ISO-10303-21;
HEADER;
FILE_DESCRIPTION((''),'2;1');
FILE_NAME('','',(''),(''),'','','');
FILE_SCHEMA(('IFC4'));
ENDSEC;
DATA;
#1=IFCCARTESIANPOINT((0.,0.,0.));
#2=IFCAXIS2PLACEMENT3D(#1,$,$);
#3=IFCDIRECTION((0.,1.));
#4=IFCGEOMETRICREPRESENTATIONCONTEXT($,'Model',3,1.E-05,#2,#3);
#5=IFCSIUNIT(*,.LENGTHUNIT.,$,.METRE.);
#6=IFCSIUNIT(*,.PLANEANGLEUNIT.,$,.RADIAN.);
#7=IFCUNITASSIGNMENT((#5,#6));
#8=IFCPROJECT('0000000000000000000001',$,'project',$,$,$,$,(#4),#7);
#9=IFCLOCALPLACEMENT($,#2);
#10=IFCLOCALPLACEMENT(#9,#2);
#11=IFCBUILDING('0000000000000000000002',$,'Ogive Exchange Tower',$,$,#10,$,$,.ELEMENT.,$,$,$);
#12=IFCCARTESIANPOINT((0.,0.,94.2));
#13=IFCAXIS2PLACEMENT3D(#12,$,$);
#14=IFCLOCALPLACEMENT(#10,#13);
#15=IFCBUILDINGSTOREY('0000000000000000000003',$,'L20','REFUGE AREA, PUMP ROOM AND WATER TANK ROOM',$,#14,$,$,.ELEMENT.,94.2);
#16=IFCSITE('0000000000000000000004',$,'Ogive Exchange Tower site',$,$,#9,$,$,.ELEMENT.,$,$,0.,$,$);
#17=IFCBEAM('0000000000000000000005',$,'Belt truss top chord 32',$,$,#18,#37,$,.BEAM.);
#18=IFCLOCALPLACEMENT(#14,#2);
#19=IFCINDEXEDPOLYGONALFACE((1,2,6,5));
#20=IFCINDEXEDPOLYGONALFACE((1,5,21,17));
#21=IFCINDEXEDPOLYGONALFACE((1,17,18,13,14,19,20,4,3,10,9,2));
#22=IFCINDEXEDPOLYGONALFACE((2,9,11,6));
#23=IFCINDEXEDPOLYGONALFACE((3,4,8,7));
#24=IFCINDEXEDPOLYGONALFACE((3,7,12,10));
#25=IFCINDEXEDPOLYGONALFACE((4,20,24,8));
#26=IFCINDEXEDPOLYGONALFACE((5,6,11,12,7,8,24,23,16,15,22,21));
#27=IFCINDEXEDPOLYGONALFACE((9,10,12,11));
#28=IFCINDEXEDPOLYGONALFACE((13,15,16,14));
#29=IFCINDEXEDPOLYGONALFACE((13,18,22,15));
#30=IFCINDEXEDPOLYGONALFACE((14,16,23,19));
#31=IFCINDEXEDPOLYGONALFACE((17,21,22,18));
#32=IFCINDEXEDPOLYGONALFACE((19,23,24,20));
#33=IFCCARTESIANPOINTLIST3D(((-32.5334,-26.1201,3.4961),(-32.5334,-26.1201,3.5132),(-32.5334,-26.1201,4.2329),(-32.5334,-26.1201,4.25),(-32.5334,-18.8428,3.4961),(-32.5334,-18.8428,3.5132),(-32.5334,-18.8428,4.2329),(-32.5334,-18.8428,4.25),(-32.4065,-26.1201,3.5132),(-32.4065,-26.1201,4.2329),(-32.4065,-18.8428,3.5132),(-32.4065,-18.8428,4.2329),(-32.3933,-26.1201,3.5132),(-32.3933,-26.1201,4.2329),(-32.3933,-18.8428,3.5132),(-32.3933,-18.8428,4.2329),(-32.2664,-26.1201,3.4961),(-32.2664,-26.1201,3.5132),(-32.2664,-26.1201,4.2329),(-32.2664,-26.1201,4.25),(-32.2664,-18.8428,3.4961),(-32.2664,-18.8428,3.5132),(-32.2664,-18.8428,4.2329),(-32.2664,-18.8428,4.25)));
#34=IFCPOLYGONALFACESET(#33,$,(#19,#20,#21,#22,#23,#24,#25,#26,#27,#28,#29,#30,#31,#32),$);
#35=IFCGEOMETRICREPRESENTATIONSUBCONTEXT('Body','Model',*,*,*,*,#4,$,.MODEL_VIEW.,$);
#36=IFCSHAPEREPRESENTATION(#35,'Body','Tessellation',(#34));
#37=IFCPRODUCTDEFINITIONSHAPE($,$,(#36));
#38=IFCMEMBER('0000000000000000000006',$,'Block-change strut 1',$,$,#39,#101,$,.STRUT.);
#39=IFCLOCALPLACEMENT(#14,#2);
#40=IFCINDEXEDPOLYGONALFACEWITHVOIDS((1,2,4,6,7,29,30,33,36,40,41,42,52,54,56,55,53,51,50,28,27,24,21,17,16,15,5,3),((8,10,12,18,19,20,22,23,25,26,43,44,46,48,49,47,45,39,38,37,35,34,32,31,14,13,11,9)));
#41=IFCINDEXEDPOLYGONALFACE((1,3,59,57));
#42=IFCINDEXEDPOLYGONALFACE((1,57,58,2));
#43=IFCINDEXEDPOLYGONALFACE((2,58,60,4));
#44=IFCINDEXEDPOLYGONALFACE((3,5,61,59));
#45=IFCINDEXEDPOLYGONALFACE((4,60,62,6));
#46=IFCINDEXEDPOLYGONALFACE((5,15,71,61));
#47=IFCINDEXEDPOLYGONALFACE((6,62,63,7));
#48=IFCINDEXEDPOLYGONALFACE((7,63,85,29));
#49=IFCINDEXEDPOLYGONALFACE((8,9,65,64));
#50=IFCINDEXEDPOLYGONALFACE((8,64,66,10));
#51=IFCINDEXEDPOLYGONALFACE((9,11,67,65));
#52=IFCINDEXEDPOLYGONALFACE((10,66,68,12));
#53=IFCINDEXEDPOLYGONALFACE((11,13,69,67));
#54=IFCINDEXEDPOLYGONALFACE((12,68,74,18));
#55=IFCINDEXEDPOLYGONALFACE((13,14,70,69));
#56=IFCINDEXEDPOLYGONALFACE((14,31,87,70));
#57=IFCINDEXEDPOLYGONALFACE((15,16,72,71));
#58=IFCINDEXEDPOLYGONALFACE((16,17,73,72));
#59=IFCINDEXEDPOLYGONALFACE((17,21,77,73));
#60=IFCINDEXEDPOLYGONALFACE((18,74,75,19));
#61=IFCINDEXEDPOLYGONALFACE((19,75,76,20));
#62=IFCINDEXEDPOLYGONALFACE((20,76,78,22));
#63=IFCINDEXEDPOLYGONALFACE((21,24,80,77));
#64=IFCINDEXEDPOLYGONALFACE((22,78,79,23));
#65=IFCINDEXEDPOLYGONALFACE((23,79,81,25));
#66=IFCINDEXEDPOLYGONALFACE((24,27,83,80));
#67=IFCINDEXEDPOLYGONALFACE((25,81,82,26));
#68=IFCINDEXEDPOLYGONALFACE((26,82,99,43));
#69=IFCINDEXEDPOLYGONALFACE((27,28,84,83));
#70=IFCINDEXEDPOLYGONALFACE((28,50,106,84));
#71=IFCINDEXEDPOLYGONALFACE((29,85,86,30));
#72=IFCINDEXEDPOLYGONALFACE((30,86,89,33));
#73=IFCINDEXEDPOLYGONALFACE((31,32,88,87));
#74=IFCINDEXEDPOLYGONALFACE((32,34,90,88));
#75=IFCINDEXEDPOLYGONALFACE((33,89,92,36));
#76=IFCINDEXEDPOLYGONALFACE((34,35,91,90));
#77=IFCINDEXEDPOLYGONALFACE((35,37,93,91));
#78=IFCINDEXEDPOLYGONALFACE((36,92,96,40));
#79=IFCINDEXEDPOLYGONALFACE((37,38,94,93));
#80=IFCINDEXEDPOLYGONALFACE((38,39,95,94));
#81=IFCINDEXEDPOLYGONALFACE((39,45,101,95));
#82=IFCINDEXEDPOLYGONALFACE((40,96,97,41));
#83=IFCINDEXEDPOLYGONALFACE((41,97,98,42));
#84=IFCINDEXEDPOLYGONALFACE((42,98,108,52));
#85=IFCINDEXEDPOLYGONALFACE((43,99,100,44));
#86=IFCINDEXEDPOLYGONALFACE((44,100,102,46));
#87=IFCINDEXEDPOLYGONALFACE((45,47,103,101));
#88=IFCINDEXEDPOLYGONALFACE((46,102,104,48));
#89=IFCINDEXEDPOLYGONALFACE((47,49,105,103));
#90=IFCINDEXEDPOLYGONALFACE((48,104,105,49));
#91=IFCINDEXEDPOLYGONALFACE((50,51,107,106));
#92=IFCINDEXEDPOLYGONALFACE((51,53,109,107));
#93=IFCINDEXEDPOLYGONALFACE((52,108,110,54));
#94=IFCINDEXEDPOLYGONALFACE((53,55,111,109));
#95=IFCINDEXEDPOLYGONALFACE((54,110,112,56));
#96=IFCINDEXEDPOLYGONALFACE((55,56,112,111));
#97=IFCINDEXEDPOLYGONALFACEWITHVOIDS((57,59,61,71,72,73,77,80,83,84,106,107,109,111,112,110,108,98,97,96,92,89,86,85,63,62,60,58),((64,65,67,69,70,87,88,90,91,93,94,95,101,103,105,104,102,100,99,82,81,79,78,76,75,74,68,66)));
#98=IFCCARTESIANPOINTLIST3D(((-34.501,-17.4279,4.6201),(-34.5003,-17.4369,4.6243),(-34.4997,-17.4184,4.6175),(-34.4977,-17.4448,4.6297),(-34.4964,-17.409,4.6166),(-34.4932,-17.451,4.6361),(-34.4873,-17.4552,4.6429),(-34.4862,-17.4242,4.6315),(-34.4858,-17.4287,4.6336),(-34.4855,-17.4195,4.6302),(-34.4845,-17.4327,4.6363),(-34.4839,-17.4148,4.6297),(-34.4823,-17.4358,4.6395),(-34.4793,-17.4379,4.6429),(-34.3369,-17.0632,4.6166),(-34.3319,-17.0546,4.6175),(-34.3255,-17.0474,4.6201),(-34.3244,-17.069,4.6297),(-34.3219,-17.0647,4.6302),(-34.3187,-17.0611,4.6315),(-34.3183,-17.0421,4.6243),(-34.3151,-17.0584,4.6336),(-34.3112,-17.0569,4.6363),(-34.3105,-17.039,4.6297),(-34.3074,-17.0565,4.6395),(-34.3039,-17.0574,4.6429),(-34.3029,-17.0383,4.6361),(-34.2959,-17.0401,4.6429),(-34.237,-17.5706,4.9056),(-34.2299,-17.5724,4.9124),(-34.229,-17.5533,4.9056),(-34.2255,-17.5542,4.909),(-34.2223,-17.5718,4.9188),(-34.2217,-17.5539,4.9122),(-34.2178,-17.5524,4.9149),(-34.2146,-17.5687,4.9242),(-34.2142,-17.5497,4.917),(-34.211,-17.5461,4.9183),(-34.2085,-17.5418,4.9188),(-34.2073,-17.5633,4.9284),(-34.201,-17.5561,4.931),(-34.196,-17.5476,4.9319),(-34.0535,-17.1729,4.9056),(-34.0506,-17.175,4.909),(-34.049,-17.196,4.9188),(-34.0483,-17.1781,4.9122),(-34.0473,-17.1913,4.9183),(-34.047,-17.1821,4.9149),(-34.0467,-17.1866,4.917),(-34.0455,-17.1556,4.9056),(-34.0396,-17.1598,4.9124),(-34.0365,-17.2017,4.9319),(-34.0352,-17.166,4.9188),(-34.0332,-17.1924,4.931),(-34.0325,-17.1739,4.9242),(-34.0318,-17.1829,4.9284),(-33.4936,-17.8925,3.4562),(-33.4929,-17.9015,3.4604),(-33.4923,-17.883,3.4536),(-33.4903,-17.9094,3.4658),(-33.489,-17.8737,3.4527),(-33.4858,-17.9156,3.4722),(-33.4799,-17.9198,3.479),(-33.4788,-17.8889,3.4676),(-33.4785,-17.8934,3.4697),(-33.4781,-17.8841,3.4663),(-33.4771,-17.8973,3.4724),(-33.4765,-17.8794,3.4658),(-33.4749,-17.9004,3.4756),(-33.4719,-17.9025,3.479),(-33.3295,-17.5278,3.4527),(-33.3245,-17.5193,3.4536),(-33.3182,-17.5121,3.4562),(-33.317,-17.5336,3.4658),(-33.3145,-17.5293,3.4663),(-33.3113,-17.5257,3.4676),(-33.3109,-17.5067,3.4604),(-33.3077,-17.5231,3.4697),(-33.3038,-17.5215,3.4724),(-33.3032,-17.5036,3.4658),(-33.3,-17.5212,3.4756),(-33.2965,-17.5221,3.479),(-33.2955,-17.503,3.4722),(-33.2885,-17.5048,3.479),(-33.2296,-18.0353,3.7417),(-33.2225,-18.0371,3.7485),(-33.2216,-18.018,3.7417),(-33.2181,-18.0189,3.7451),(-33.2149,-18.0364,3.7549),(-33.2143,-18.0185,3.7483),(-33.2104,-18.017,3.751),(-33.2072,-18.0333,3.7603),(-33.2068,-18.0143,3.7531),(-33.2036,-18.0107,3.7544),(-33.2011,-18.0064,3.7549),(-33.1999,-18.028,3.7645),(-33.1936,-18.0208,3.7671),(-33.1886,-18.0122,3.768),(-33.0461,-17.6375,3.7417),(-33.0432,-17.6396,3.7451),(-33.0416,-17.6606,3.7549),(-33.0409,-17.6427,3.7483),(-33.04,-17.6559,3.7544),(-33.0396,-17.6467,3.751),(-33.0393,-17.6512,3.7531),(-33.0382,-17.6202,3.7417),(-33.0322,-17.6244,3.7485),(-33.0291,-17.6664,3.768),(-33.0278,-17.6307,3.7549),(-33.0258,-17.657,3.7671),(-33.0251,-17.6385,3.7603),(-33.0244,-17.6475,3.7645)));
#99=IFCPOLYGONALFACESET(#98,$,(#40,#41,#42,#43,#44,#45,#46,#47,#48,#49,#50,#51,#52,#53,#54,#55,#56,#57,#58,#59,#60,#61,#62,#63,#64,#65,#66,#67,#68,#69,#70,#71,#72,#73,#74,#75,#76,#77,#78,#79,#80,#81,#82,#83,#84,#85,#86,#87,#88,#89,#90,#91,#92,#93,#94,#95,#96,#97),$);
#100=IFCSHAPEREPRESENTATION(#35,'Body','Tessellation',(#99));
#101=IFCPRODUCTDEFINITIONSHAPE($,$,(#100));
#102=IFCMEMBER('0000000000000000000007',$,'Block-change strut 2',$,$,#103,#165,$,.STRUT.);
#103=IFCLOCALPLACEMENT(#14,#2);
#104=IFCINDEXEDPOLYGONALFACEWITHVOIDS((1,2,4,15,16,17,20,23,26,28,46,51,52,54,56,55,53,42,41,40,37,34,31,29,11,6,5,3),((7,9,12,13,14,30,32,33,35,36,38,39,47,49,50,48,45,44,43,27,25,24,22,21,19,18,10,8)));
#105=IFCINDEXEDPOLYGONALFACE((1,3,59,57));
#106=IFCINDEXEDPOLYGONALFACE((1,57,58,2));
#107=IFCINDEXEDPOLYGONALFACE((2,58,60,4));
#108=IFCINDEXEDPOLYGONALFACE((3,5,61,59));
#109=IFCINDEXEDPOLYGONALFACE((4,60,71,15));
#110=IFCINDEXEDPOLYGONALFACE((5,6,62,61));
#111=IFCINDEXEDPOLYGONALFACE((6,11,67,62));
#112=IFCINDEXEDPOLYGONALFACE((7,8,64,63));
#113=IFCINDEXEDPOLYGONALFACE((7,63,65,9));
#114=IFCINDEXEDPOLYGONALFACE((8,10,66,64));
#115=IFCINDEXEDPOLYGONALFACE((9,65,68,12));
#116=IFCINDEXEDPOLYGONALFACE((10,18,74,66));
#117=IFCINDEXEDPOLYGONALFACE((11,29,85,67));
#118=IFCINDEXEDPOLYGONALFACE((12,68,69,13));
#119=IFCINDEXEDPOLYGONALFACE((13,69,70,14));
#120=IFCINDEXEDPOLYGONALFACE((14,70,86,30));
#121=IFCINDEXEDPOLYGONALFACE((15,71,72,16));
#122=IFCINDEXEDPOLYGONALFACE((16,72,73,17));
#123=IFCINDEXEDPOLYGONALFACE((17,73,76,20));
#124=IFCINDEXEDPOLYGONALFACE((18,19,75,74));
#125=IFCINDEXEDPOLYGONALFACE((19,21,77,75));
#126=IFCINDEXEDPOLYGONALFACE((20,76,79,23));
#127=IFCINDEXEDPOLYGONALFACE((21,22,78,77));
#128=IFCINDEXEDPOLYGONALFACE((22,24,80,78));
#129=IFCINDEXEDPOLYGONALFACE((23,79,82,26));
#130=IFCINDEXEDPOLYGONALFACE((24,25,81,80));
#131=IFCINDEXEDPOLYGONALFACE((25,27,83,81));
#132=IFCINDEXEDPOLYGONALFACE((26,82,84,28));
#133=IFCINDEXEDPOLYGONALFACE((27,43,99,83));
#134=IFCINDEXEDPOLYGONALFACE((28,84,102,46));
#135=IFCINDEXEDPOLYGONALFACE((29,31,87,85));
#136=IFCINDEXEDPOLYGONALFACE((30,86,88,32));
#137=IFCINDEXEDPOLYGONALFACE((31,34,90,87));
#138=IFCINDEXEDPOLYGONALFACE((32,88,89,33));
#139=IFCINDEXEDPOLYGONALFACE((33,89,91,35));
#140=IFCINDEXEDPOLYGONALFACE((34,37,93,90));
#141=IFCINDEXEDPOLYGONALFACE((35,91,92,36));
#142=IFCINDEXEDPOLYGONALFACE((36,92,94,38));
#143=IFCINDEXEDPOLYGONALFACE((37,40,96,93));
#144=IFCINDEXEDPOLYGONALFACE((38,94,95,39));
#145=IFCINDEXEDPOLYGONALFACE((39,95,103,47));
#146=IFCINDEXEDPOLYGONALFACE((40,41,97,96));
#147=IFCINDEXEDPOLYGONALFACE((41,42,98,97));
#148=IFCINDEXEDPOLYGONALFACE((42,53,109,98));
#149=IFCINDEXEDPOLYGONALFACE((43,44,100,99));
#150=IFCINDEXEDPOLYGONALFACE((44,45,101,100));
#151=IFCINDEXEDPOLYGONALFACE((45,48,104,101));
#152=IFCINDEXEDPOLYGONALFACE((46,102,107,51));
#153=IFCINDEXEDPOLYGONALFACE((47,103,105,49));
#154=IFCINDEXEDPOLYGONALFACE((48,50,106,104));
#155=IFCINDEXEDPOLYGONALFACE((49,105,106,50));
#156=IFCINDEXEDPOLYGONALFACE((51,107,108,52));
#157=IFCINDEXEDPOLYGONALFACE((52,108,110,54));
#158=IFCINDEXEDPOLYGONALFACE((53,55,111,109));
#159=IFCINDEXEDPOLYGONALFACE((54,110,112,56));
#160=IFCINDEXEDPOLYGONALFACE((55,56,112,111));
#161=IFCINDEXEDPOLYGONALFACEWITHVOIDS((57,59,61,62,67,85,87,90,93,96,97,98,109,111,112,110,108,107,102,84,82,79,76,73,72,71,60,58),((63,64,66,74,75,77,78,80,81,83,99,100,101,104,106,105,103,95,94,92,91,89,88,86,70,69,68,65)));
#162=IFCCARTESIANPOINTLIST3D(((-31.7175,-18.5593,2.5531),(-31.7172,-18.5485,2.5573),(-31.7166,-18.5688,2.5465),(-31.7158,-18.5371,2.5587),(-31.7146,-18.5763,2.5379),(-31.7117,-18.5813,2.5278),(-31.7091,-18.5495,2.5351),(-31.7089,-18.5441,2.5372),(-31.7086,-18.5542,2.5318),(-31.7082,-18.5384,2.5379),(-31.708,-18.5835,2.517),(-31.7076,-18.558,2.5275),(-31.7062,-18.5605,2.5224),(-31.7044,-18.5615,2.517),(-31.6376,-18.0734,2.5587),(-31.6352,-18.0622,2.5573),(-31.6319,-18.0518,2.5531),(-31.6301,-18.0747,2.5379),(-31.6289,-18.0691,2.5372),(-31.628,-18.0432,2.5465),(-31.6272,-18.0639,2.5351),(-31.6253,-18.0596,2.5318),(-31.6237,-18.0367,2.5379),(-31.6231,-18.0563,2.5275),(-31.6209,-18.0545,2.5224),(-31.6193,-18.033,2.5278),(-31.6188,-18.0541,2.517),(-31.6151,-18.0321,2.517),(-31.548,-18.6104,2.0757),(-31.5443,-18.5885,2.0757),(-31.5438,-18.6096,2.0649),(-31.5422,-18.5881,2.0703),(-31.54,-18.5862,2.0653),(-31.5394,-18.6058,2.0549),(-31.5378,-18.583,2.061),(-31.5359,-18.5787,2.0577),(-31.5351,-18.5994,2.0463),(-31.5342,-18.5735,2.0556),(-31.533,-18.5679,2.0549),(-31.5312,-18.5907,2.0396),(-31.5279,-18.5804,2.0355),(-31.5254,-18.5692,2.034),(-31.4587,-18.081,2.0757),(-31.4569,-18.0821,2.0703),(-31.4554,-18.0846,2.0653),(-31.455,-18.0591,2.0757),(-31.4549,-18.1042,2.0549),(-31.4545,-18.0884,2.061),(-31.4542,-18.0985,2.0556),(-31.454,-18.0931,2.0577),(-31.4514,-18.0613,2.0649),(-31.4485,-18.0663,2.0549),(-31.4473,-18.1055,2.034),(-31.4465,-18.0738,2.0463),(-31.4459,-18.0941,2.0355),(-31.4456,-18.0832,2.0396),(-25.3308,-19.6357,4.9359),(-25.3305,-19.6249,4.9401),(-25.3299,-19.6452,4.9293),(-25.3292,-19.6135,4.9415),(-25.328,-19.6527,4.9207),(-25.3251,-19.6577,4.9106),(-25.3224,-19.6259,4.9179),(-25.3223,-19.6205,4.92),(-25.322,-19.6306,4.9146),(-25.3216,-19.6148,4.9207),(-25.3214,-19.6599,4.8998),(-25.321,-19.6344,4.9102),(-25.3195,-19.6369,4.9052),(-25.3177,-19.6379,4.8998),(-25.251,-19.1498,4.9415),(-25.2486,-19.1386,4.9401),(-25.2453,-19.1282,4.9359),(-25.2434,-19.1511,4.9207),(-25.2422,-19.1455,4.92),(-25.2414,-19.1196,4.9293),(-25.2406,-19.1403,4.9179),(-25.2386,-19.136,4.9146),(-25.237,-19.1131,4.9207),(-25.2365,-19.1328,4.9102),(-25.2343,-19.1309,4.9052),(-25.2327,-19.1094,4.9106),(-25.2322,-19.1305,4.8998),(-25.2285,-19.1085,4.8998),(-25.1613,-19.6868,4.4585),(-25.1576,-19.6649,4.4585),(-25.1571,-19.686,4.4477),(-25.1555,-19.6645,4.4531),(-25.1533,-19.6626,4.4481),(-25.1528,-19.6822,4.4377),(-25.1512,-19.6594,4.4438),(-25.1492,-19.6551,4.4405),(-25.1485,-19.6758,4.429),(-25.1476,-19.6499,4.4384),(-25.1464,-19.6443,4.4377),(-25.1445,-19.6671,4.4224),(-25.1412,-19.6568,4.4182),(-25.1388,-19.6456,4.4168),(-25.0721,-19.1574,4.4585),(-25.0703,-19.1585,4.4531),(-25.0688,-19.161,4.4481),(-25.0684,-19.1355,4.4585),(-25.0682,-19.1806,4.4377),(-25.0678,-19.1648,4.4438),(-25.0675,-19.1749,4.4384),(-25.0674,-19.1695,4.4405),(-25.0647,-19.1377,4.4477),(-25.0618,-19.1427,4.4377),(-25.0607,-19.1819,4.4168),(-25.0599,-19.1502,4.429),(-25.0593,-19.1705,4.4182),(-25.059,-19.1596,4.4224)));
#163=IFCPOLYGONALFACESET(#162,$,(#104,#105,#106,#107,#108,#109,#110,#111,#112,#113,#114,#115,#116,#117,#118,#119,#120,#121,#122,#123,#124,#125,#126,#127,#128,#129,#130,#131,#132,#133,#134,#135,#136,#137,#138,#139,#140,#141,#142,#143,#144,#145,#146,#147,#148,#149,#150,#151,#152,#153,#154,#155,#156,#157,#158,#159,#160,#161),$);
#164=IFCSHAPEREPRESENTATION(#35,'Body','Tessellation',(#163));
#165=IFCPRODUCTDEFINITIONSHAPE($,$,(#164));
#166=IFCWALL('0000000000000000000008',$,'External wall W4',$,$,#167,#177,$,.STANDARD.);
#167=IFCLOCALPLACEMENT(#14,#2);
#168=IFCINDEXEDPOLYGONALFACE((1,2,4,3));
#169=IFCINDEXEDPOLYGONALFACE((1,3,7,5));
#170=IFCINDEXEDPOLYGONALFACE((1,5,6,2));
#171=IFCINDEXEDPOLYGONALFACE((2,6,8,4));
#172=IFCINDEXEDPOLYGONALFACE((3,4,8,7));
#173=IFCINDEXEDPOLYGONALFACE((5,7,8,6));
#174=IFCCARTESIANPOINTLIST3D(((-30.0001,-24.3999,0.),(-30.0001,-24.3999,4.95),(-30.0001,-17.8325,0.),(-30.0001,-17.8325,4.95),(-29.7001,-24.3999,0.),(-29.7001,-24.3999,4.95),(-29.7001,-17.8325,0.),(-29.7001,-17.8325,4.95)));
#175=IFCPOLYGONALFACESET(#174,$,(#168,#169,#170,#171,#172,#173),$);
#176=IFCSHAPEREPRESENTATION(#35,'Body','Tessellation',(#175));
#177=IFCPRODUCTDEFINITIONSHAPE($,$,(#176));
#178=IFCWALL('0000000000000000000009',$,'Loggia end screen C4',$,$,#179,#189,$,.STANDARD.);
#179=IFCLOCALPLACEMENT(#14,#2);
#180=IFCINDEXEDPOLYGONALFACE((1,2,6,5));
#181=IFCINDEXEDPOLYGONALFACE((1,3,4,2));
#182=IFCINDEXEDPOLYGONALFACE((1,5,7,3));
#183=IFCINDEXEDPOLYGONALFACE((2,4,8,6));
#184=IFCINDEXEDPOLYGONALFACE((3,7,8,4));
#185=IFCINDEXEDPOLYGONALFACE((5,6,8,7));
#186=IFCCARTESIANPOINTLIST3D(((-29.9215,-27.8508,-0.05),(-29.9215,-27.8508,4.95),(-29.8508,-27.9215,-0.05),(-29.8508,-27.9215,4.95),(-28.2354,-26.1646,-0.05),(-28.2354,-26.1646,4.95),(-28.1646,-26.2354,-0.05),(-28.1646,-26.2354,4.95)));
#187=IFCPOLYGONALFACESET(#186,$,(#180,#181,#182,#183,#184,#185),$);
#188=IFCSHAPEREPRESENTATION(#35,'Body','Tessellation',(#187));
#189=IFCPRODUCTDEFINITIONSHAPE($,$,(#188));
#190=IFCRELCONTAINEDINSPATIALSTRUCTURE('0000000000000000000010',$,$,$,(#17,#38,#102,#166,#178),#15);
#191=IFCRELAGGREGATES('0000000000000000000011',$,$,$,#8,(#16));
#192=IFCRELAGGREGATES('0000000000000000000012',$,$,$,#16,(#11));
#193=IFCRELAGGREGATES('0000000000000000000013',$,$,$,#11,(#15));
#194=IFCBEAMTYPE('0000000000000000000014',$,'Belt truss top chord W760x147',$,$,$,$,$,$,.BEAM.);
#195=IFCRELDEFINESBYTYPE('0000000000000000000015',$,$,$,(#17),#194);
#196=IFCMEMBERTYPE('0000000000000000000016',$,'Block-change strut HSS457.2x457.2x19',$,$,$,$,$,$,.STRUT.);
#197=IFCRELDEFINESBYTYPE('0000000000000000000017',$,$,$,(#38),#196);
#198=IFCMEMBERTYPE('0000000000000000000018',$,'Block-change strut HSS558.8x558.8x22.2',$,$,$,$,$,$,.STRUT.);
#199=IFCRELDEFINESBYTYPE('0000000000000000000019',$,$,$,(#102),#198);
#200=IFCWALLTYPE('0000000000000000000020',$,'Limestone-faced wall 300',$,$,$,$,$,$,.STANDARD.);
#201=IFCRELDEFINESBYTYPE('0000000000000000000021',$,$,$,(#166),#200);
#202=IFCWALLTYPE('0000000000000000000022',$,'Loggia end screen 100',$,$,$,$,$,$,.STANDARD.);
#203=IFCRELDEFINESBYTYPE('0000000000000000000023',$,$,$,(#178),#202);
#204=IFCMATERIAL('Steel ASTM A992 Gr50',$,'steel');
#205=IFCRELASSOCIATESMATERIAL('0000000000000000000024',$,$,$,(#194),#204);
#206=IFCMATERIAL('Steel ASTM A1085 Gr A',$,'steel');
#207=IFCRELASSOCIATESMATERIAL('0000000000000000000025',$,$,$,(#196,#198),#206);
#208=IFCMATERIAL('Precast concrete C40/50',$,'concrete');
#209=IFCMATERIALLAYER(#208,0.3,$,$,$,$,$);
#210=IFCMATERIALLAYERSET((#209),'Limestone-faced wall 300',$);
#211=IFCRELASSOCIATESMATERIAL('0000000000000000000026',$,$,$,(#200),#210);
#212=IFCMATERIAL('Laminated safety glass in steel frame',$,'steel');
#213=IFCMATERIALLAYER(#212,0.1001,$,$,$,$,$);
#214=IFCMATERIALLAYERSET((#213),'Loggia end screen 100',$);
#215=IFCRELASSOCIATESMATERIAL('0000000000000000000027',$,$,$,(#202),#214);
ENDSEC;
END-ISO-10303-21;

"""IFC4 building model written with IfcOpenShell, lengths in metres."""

from ifc_helpers import new_model, si_unit, direction, frame, frame_2d, origin, origin_2d, place, context, subcontext, project, spatial, rectangle, hollow_rectangle, i_section, extrude, material, layer, layer_set, material_profile, profile_set, type_object, element, save


model = new_model("IFC4")

# Units and contexts
model_context = context("Model", 3, precision=1e-05, world=origin(), true_north=direction((0.0, 1.0)))
body_context = subcontext(model_context, "Body", "Model", "MODEL_VIEW")
ifc_project = project(units=[si_unit("LENGTHUNIT", "METRE"), si_unit("PLANEANGLEUNIT", "RADIAN")], contexts=[model_context])

# Site, building, storey
site_placement = place(None, origin())
site = spatial("IfcSite", under=ifc_project, at=site_placement, Name="Ogive Exchange Tower site", CompositionType="ELEMENT", RefElevation=0.0)
building_placement = place(site_placement, origin())
building = spatial("IfcBuilding", under=site, at=building_placement, Name="Ogive Exchange Tower", CompositionType="ELEMENT")
storey_placement = place(building_placement, frame((0.0, 0.0, 94.2)))
storey = spatial("IfcBuildingStorey", under=building, at=storey_placement, Name="L20", Description="REFUGE AREA, PUMP ROOM AND WATER TANK ROOM", CompositionType="ELEMENT", Elevation=94.2)

# Shared definitions
ifc_material_1 = material(Name="Steel ASTM A992 Gr50", Category="steel")

# Shared definitions
ifc_material_2 = material(Name="Steel ASTM A1085 Gr A", Category="steel")

# Beam
ifc_material_profile_1 = material_profile(ifc_material_1, i_section(OverallWidth=0.2671, OverallDepth=0.7539, WebThickness=0.0132, FlangeThickness=0.0171, at=origin_2d()), Name="W760x147")
ifc_profile_set_1 = profile_set([ifc_material_profile_1], Name="Steel ASTM A992 Gr50")
beam_type_1 = type_object("IfcBeamType", Name="Belt truss top chord W760x147", PredefinedType="BEAM", material=ifc_profile_set_1)
beam_1_placement = place(storey_placement, frame((-32.3999, -18.8428, 3.873), z_axis=(0.0, -1.0, 0.0), x_axis=(1.0, 0.0, 0.0)))
element("IfcBeam", 1, at=beam_1_placement, inside=storey, type_object=beam_type_1, Name="Belt truss top chord 32", PredefinedType="BEAM", context=body_context, shape_type="SweptSolid", body=[
    extrude(i_section(OverallWidth=0.2671, OverallDepth=0.7539, WebThickness=0.0132, FlangeThickness=0.0171, at=origin_2d()), origin(), (0.0, 0.0, 1.0), 7.2773),
])

# Members
ifc_material_profile_2 = material_profile(ifc_material_2, hollow_rectangle(XDim=0.457, YDim=0.457, WallThickness=0.019, InnerFilletRadius=0.019, OuterFilletRadius=0.0381, at=origin_2d()), Name="HSS457.2x457.2x19")
ifc_profile_set_2 = profile_set([ifc_material_profile_2], Name="Steel ASTM A1085 Gr A")
member_type_1 = type_object("IfcMemberType", Name="Block-change strut HSS457.2x457.2x19", PredefinedType="STRUT", material=ifc_profile_set_2)
member_1_placement = place(storey_placement, frame((-33.259, -17.77, 3.6104), z_axis=(-0.626522, 0.288966, 0.723857), x_axis=(-0.418821, -0.908069, 0.0)))
element("IfcMember", 2, at=member_1_placement, inside=storey, type_object=member_type_1, Name="Block-change strut 1", PredefinedType="STRUT", context=body_context, shape_type="SweptSolid", body=[
    extrude(hollow_rectangle(XDim=0.457, YDim=0.457, WallThickness=0.019, InnerFilletRadius=0.019, OuterFilletRadius=0.0381, at=origin_2d()), origin(), (0.0, 0.0, 1.0), 1.6079),
])
ifc_material_profile_3 = material_profile(ifc_material_2, hollow_rectangle(XDim=0.5591, YDim=0.5591, WallThickness=0.0222, InnerFilletRadius=0.0222, OuterFilletRadius=0.0444, at=origin_2d()), Name="HSS558.8x558.8x22.2")
ifc_profile_set_3 = profile_set([ifc_material_profile_3], Name="Steel ASTM A1085 Gr A")
member_type_2 = type_object("IfcMemberType", Name="Block-change strut HSS558.8x558.8x22.2", PredefinedType="STRUT", material=ifc_profile_set_3)
member_2_placement = place(storey_placement, frame((-31.5815, -18.3213, 2.2964), z_axis=(0.92545, -0.155975, 0.345275), x_axis=(0.166196, 0.986093, 0.0)))
element("IfcMember", 3, at=member_2_placement, inside=storey, type_object=member_type_2, Name="Block-change strut 2", PredefinedType="STRUT", context=body_context, shape_type="SweptSolid", body=[
    extrude(hollow_rectangle(XDim=0.5591, YDim=0.5591, WallThickness=0.0222, InnerFilletRadius=0.0222, OuterFilletRadius=0.0444, at=origin_2d()), origin(), (0.0, 0.0, 1.0), 6.9011),
])

# Walls
ifc_material_3 = material(Name="Precast concrete C40/50", Category="concrete")
ifc_layer_1 = layer(ifc_material_3, 0.3)
ifc_layer_set_1 = layer_set([ifc_layer_1], Name="Limestone-faced wall 300")
wall_type_1 = type_object("IfcWallType", Name="Limestone-faced wall 300", PredefinedType="STANDARD", material=ifc_layer_set_1)
wall_1_placement = place(storey_placement, frame((-29.8501, -17.8325, 0.0), z_axis=(0.0, 0.0, 1.0), x_axis=(0.0, -1.0, 0.0)))
element("IfcWall", 4, at=wall_1_placement, inside=storey, type_object=wall_type_1, Name="External wall W4", PredefinedType="STANDARD", context=body_context, shape_type="SweptSolid", body=[
    extrude(rectangle(XDim=6.5674, YDim=0.3, at=frame_2d((3.2837, 0.0))), origin(), (0.0, 0.0, 1.0), 4.95),
])
ifc_material_4 = material(Name="Laminated safety glass in steel frame", Category="steel")
ifc_layer_2 = layer(ifc_material_4, 0.1001)
ifc_layer_set_2 = layer_set([ifc_layer_2], Name="Loggia end screen 100")
wall_type_2 = type_object("IfcWallType", Name="Loggia end screen 100", PredefinedType="STANDARD", material=ifc_layer_set_2)
wall_2_placement = place(storey_placement, frame((-28.2, -26.2, -0.05), z_axis=(0.0, 0.0, 1.0), x_axis=(-0.707107, -0.707107, 0.0)))
element("IfcWall", 5, at=wall_2_placement, inside=storey, type_object=wall_type_2, Name="Loggia end screen C4", PredefinedType="STANDARD", context=body_context, shape_type="SweptSolid", body=[
    extrude(rectangle(XDim=2.3845, YDim=0.1001, at=frame_2d((1.1924, 0.0))), origin(), (0.0, 0.0, 1.0), 5.0),
])

save(model, "model.ifc")
